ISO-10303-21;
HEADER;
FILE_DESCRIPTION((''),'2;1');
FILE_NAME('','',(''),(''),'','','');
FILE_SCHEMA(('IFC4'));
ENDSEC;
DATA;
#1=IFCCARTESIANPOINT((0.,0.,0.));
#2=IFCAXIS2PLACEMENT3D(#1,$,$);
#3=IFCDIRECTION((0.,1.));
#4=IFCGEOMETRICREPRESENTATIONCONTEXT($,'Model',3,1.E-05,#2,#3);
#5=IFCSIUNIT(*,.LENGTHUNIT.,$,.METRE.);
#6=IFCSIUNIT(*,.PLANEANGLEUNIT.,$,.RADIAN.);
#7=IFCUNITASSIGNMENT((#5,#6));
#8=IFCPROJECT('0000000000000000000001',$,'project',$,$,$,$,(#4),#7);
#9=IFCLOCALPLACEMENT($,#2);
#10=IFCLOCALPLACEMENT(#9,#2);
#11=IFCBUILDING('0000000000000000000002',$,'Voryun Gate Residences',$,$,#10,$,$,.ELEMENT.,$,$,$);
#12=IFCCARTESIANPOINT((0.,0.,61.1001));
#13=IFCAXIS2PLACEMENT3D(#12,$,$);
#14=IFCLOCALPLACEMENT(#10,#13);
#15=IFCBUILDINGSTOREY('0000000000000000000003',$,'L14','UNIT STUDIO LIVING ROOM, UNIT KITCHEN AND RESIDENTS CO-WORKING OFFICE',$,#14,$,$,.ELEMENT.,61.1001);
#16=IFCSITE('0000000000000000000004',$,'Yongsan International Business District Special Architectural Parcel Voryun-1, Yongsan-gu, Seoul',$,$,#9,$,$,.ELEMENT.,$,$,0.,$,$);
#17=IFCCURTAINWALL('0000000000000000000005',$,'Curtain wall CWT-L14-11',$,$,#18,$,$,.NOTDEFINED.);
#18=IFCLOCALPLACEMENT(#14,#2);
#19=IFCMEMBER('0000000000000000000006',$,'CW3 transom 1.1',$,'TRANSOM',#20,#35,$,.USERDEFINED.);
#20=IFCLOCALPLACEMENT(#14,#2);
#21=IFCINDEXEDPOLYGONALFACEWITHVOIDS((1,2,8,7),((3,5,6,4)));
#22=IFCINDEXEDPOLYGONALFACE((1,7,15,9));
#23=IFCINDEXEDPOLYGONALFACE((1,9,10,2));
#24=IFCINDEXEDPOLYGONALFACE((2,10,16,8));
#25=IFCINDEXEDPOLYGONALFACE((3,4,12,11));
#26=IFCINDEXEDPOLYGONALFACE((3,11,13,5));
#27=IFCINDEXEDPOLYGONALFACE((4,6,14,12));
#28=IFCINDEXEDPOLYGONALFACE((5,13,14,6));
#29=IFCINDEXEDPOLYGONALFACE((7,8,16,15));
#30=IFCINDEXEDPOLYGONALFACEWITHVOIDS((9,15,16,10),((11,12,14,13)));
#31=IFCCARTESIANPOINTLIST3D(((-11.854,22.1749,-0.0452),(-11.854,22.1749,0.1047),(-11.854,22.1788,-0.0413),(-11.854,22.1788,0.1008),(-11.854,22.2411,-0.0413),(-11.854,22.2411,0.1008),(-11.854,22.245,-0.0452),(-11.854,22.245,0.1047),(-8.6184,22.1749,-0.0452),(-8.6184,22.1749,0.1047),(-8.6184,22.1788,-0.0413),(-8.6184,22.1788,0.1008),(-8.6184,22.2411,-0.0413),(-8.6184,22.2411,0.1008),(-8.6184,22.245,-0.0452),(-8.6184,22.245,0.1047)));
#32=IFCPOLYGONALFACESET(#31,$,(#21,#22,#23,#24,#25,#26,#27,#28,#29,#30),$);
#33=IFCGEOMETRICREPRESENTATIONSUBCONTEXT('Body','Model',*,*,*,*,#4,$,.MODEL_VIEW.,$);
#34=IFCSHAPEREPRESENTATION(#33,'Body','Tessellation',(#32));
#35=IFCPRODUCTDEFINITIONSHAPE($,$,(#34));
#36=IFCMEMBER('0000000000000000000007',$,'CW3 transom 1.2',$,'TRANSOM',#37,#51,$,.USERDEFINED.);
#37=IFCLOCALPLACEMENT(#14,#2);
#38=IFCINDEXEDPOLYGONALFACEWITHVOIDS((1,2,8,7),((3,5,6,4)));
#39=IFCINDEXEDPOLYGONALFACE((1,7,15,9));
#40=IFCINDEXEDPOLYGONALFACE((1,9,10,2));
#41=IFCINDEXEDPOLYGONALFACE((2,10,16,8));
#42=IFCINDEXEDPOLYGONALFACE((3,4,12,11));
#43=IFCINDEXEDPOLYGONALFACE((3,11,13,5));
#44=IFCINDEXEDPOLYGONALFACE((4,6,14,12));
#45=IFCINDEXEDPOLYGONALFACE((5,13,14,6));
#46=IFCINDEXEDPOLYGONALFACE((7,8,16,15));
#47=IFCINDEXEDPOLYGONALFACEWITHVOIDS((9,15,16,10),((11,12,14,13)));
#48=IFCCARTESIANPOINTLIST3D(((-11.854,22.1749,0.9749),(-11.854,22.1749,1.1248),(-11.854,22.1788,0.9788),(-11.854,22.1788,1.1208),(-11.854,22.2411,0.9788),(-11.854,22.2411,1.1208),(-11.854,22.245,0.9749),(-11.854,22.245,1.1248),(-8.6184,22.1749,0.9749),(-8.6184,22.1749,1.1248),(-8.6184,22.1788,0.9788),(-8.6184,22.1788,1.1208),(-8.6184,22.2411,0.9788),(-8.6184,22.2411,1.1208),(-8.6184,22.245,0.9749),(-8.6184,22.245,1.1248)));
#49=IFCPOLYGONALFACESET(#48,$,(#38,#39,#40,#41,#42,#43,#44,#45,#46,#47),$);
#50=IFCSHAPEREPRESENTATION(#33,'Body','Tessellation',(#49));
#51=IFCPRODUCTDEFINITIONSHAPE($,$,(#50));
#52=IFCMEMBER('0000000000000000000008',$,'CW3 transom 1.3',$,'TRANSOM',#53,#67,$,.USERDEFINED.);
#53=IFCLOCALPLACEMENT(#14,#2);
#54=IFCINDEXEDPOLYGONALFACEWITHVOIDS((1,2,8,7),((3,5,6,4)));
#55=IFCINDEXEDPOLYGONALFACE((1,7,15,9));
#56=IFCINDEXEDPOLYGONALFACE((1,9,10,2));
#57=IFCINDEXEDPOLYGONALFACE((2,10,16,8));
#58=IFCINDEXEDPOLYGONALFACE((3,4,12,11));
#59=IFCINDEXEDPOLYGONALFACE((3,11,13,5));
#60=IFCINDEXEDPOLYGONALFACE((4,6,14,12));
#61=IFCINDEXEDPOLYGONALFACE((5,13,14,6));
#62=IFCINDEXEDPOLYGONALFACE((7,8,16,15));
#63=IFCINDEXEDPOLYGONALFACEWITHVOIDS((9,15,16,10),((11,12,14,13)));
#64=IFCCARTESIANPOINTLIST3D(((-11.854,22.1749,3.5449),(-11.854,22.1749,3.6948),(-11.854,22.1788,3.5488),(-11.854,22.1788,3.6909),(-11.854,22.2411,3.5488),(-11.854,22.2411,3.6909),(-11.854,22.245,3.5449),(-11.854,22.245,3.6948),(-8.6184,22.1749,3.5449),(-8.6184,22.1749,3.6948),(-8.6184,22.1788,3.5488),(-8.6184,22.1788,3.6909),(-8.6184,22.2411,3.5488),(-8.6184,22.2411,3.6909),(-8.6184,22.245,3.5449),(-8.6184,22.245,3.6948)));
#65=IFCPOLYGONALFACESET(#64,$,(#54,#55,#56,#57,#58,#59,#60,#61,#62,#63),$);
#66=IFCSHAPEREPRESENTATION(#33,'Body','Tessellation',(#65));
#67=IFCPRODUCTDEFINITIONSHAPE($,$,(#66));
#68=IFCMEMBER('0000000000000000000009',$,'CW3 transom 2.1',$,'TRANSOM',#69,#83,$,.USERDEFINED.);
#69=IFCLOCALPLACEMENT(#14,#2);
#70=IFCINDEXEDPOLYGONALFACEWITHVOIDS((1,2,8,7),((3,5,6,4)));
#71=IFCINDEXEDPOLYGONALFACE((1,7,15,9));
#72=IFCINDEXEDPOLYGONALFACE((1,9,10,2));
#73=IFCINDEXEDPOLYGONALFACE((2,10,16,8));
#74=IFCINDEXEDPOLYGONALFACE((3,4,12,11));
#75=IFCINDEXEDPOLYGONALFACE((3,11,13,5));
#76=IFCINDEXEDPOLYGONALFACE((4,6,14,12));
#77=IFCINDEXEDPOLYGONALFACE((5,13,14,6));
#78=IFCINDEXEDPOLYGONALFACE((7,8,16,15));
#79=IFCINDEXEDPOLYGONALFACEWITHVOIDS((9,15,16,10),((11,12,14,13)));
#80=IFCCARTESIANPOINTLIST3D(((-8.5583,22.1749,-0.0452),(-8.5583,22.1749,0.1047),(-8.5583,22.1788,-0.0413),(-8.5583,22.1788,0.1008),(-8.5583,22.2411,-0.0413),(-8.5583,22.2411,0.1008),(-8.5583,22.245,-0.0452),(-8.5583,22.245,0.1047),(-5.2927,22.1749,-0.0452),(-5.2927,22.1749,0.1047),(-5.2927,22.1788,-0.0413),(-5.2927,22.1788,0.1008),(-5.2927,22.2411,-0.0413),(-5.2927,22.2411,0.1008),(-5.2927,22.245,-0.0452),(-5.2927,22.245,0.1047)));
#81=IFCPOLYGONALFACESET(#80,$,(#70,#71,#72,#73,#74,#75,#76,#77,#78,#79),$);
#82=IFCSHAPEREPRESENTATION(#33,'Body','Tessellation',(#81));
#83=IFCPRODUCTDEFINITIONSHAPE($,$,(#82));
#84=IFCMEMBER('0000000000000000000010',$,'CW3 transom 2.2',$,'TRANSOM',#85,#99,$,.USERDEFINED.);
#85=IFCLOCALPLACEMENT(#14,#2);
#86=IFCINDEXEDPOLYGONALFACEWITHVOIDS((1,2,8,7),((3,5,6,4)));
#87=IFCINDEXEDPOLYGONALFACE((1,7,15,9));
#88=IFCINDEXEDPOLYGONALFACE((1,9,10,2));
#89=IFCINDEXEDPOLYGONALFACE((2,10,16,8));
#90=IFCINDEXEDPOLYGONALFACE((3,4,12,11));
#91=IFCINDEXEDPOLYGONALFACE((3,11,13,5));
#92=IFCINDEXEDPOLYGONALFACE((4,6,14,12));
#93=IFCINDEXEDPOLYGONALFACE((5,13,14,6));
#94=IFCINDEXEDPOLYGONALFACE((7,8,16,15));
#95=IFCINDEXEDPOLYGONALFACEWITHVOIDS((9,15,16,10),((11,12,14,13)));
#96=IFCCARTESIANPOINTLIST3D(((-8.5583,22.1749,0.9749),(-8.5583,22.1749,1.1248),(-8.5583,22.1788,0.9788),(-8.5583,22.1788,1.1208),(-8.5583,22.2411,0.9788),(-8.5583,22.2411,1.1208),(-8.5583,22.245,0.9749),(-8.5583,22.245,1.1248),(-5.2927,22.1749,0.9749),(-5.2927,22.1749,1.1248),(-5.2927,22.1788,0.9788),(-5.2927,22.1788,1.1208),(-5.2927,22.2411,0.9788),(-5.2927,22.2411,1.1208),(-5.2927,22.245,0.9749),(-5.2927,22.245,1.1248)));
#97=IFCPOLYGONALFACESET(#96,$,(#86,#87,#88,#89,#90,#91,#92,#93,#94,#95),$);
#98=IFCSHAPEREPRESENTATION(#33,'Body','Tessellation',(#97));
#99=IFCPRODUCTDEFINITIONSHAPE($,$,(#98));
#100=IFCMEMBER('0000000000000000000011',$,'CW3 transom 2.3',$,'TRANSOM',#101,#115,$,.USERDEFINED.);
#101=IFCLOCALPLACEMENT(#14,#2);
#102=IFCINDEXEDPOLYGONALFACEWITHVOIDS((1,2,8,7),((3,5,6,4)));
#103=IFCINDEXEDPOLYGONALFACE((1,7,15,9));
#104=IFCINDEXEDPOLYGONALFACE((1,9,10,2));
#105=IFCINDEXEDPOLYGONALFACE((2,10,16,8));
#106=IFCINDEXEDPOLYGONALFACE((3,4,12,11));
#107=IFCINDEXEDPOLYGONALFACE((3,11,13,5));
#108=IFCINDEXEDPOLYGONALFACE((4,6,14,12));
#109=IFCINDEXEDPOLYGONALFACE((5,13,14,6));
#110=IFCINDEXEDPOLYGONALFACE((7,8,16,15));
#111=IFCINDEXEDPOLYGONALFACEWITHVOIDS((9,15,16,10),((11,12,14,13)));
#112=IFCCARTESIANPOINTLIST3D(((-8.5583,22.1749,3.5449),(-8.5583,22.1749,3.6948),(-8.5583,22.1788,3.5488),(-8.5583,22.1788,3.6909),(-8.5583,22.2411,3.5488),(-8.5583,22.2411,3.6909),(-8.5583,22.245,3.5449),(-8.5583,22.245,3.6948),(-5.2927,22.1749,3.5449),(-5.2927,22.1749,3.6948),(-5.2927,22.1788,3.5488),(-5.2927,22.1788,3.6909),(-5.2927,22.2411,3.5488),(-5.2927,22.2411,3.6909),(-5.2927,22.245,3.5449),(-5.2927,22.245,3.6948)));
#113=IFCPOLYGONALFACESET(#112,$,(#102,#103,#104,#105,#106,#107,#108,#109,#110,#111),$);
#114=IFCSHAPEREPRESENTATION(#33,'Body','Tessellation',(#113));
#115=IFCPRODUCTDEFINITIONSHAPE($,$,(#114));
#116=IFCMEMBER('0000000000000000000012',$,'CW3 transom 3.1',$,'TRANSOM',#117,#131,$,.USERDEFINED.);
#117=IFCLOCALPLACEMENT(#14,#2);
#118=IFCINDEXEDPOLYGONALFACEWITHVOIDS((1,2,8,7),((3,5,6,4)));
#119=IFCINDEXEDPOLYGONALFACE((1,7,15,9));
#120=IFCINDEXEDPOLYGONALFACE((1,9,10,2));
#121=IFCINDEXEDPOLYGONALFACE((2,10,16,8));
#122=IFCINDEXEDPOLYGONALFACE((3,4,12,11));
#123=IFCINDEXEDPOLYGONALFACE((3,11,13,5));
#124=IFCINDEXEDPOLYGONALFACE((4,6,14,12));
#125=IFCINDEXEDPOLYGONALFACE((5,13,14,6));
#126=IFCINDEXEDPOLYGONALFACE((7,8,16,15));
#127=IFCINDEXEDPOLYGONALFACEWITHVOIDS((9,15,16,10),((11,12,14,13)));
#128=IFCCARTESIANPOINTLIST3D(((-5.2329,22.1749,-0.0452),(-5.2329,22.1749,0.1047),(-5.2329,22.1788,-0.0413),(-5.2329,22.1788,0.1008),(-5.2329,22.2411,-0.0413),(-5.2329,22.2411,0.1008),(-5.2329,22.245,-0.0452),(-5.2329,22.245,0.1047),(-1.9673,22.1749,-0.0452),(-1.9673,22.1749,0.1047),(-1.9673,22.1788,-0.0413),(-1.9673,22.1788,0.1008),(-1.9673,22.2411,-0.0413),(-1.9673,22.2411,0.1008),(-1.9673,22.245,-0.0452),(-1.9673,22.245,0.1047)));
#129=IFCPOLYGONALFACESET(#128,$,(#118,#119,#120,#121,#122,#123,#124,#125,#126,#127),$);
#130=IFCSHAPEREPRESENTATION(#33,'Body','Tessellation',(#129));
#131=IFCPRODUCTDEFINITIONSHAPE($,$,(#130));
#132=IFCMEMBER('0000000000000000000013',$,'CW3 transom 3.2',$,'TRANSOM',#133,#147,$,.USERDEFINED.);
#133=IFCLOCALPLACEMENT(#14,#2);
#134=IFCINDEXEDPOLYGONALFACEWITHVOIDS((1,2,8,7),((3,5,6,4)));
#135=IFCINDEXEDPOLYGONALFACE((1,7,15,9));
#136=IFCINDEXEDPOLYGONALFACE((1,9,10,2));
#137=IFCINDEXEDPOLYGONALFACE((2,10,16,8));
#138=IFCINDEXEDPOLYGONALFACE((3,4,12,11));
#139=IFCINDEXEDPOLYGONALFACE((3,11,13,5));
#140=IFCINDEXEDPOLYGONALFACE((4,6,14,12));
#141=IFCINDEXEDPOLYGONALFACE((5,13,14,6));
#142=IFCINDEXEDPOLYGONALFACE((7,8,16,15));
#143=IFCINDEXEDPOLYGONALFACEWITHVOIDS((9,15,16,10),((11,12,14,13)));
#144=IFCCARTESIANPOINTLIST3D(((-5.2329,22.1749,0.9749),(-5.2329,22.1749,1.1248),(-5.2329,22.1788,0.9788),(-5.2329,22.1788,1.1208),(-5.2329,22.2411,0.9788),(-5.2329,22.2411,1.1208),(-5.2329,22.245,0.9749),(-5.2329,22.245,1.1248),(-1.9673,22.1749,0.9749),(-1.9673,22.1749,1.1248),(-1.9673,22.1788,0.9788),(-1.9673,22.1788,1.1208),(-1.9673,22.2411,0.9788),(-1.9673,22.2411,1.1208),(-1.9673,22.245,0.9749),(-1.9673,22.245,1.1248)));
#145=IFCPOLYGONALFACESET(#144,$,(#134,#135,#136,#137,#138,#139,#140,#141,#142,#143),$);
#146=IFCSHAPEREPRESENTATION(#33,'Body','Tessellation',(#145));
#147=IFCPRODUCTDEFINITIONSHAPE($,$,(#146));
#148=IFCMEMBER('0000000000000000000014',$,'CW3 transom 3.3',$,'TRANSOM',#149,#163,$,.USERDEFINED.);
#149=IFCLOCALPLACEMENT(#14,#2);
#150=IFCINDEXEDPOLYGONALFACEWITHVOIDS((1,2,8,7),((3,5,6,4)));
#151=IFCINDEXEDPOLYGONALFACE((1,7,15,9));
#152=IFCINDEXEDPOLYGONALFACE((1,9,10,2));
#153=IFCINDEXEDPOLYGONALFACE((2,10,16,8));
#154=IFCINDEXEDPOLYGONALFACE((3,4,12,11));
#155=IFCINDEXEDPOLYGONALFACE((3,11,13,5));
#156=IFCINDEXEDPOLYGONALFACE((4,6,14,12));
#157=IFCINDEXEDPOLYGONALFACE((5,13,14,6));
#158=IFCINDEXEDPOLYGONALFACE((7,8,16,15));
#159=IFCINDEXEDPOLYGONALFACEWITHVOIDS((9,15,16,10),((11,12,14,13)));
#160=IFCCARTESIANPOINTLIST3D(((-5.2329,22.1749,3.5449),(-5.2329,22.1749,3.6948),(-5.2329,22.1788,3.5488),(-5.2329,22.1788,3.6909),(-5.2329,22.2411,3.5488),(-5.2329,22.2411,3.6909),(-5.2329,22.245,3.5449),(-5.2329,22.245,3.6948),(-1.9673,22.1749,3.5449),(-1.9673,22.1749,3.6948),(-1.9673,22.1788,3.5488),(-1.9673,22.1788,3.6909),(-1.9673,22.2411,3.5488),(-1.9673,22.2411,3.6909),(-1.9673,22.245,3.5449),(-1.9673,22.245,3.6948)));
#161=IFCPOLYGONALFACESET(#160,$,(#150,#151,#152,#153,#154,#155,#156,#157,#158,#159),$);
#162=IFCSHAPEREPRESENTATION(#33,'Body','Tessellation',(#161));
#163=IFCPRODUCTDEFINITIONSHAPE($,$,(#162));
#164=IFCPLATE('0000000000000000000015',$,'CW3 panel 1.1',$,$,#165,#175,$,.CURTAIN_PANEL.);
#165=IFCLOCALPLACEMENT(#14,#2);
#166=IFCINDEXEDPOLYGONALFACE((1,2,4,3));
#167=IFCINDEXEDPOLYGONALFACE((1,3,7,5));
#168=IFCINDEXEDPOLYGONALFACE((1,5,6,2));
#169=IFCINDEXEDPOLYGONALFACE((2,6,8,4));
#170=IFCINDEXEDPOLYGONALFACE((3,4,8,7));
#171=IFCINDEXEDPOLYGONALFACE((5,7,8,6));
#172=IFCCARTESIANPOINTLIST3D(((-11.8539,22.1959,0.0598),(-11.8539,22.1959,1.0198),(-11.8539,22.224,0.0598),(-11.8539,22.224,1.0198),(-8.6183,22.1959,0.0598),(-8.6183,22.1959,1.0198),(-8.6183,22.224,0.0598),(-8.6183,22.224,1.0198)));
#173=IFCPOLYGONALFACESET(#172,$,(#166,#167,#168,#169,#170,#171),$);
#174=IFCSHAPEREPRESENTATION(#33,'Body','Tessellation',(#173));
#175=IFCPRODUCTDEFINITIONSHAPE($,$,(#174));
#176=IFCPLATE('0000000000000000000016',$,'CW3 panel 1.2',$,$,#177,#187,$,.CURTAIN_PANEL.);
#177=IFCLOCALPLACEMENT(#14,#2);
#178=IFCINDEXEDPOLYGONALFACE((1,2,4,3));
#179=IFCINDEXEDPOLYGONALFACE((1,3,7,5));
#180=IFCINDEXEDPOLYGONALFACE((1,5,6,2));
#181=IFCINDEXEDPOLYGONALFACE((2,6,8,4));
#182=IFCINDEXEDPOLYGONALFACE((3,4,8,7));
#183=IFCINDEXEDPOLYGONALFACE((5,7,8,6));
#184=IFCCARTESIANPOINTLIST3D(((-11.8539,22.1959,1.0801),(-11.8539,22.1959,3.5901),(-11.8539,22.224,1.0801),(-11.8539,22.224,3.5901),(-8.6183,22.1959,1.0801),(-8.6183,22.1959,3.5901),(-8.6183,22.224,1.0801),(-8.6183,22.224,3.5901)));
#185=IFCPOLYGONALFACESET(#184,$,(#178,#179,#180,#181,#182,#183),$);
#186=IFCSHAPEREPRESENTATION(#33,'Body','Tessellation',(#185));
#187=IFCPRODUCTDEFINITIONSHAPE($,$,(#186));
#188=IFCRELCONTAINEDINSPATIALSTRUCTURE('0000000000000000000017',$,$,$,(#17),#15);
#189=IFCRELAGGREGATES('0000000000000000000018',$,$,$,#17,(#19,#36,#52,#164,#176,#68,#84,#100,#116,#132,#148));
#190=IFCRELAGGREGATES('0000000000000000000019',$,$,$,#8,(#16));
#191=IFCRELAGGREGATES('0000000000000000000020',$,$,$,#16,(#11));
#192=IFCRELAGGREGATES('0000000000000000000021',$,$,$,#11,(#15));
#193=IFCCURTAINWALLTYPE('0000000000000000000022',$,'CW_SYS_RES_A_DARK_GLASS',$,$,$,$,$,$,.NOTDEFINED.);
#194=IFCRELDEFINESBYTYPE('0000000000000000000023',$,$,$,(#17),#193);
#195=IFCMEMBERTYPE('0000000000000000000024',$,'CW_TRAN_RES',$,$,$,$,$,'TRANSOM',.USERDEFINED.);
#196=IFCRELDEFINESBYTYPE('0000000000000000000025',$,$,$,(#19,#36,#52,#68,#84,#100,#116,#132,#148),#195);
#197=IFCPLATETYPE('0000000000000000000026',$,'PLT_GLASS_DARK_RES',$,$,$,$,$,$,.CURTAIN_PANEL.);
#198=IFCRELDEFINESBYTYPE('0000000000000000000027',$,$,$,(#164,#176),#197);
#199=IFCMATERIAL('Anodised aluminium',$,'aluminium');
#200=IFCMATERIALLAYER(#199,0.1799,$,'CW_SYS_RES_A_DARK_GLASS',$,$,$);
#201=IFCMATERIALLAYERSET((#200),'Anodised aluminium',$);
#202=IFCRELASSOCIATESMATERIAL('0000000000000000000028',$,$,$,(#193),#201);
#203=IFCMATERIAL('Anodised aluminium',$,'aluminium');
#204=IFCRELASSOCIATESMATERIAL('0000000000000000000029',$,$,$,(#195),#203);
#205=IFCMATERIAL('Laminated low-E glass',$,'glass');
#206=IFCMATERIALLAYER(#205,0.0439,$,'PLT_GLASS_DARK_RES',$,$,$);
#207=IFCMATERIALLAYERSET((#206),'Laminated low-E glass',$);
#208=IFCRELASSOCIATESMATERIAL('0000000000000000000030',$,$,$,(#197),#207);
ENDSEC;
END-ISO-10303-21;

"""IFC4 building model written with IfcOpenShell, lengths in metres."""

from ifc_helpers import new_model, si_unit, direction, frame, origin, origin_2d, place, context, subcontext, project, spatial, rectangle, hollow_rectangle, extrude, material, layer, layer_set, material_profile, profile_set, type_object, element, aggregate, save


model = new_model("IFC4")

# Units and contexts
model_context = context("Model", 3, precision=1e-05, world=origin(), true_north=direction((0.0, 1.0)))
body_context = subcontext(model_context, "Body", "Model", "MODEL_VIEW")
ifc_project = project(units=[si_unit("LENGTHUNIT", "METRE"), si_unit("PLANEANGLEUNIT", "RADIAN")], contexts=[model_context])

# Site, building, storey
site_placement = place(None, origin())
site = spatial("IfcSite", under=ifc_project, at=site_placement, Name="Yongsan International Business District Special Architectural Parcel Voryun-1, Yongsan-gu, Seoul", CompositionType="ELEMENT", RefElevation=0.0)
building_placement = place(site_placement, origin())
building = spatial("IfcBuilding", under=site, at=building_placement, Name="Voryun Gate Residences", CompositionType="ELEMENT")
storey_placement = place(building_placement, frame((0.0, 0.0, 61.1001)))
storey = spatial("IfcBuildingStorey", under=building, at=storey_placement, Name="L14", Description="UNIT STUDIO LIVING ROOM, UNIT KITCHEN AND RESIDENTS CO-WORKING OFFICE", CompositionType="ELEMENT", Elevation=61.1001)

# Curtain wall, members, plates
ifc_material_1 = material(Name="Anodised aluminium", Category="aluminium")
ifc_layer_1 = layer(ifc_material_1, 0.1799, Name="CW_SYS_RES_A_DARK_GLASS")
ifc_layer_set_1 = layer_set([ifc_layer_1], Name="Anodised aluminium")
curtain_wall_type = type_object("IfcCurtainWallType", Name="CW_SYS_RES_A_DARK_GLASS", PredefinedType="NOTDEFINED", material=ifc_layer_set_1)
curtain_wall_placement = place(storey_placement, origin())
curtain_wall = element("IfcCurtainWall", 1, at=curtain_wall_placement, inside=storey, type_object=curtain_wall_type, Name="Curtain wall CWT-L14-11", PredefinedType="NOTDEFINED")
ifc_material_2 = material(Name="Anodised aluminium", Category="aluminium")
ifc_material_profile_1 = material_profile(ifc_material_2, hollow_rectangle(XDim=0.0701, YDim=0.1499, WallThickness=0.0039, at=origin_2d()), Name="ALU-TRAN-150x70x4")
ifc_profile_set_1 = profile_set([ifc_material_profile_1], Name="Anodised aluminium")
member_type_1 = type_object("IfcMemberType", Name="CW_TRAN_RES", ElementType="TRANSOM", PredefinedType="USERDEFINED", material=ifc_profile_set_1)
member_1_placement = place(storey_placement, frame((-11.854, 22.21, 0.0298), z_axis=(1.0, 0.0, 0.0), x_axis=(0.0, 1.0, 0.0)))
member_1 = element("IfcMember", 2, at=member_1_placement, type_object=member_type_1, Name="CW3 transom 1.1", ObjectType="TRANSOM", PredefinedType="USERDEFINED", context=body_context, shape_type="SweptSolid", body=[
    extrude(hollow_rectangle(XDim=0.0701, YDim=0.1499, WallThickness=0.0039, at=origin_2d()), origin(), (0.0, 0.0, 1.0), 3.2356),
])
member_2_placement = place(storey_placement, frame((-11.854, 22.21, 1.0498), z_axis=(1.0, 0.0, 0.0), x_axis=(0.0, 1.0, 0.0)))
member_2 = element("IfcMember", 3, at=member_2_placement, type_object=member_type_1, Name="CW3 transom 1.2", ObjectType="TRANSOM", PredefinedType="USERDEFINED", context=body_context, shape_type="SweptSolid", body=[
    extrude(hollow_rectangle(XDim=0.0701, YDim=0.1499, WallThickness=0.0039, at=origin_2d()), origin(), (0.0, 0.0, 1.0), 3.2356),
])
member_3_placement = place(storey_placement, frame((-11.854, 22.21, 3.6199), z_axis=(1.0, 0.0, 0.0), x_axis=(0.0, 1.0, 0.0)))
member_3 = element("IfcMember", 4, at=member_3_placement, type_object=member_type_1, Name="CW3 transom 1.3", ObjectType="TRANSOM", PredefinedType="USERDEFINED", context=body_context, shape_type="SweptSolid", body=[
    extrude(hollow_rectangle(XDim=0.0701, YDim=0.1499, WallThickness=0.0039, at=origin_2d()), origin(), (0.0, 0.0, 1.0), 3.2356),
])
member_4_placement = place(storey_placement, frame((-8.5583, 22.21, 0.0298), z_axis=(1.0, 0.0, 0.0), x_axis=(0.0, 1.0, 0.0)))
member_4 = element("IfcMember", 5, at=member_4_placement, type_object=member_type_1, Name="CW3 transom 2.1", ObjectType="TRANSOM", PredefinedType="USERDEFINED", context=body_context, shape_type="SweptSolid", body=[
    extrude(hollow_rectangle(XDim=0.0701, YDim=0.1499, WallThickness=0.0039, at=origin_2d()), origin(), (0.0, 0.0, 1.0), 3.2656),
])
member_5_placement = place(storey_placement, frame((-8.5583, 22.21, 1.0498), z_axis=(1.0, 0.0, 0.0), x_axis=(0.0, 1.0, 0.0)))
member_5 = element("IfcMember", 6, at=member_5_placement, type_object=member_type_1, Name="CW3 transom 2.2", ObjectType="TRANSOM", PredefinedType="USERDEFINED", context=body_context, shape_type="SweptSolid", body=[
    extrude(hollow_rectangle(XDim=0.0701, YDim=0.1499, WallThickness=0.0039, at=origin_2d()), origin(), (0.0, 0.0, 1.0), 3.2656),
])
member_6_placement = place(storey_placement, frame((-8.5583, 22.21, 3.6199), z_axis=(1.0, 0.0, 0.0), x_axis=(0.0, 1.0, 0.0)))
member_6 = element("IfcMember", 7, at=member_6_placement, type_object=member_type_1, Name="CW3 transom 2.3", ObjectType="TRANSOM", PredefinedType="USERDEFINED", context=body_context, shape_type="SweptSolid", body=[
    extrude(hollow_rectangle(XDim=0.0701, YDim=0.1499, WallThickness=0.0039, at=origin_2d()), origin(), (0.0, 0.0, 1.0), 3.2656),
])
member_7_placement = place(storey_placement, frame((-5.2329, 22.21, 0.0298), z_axis=(1.0, 0.0, 0.0), x_axis=(0.0, 1.0, 0.0)))
member_7 = element("IfcMember", 8, at=member_7_placement, type_object=member_type_1, Name="CW3 transom 3.1", ObjectType="TRANSOM", PredefinedType="USERDEFINED", context=body_context, shape_type="SweptSolid", body=[
    extrude(hollow_rectangle(XDim=0.0701, YDim=0.1499, WallThickness=0.0039, at=origin_2d()), origin(), (0.0, 0.0, 1.0), 3.2656),
])
member_8_placement = place(storey_placement, frame((-5.2329, 22.21, 1.0498), z_axis=(1.0, 0.0, 0.0), x_axis=(0.0, 1.0, 0.0)))
member_8 = element("IfcMember", 9, at=member_8_placement, type_object=member_type_1, Name="CW3 transom 3.2", ObjectType="TRANSOM", PredefinedType="USERDEFINED", context=body_context, shape_type="SweptSolid", body=[
    extrude(hollow_rectangle(XDim=0.0701, YDim=0.1499, WallThickness=0.0039, at=origin_2d()), origin(), (0.0, 0.0, 1.0), 3.2656),
])
member_9_placement = place(storey_placement, frame((-5.2329, 22.21, 3.6199), z_axis=(1.0, 0.0, 0.0), x_axis=(0.0, 1.0, 0.0)))
member_9 = element("IfcMember", 10, at=member_9_placement, type_object=member_type_1, Name="CW3 transom 3.3", ObjectType="TRANSOM", PredefinedType="USERDEFINED", context=body_context, shape_type="SweptSolid", body=[
    extrude(hollow_rectangle(XDim=0.0701, YDim=0.1499, WallThickness=0.0039, at=origin_2d()), origin(), (0.0, 0.0, 1.0), 3.2656),
])
ifc_material_3 = material(Name="Laminated low-E glass", Category="glass")
ifc_layer_2 = layer(ifc_material_3, 0.0439, Name="PLT_GLASS_DARK_RES")
ifc_layer_set_2 = layer_set([ifc_layer_2], Name="Laminated low-E glass")
plate_type = type_object("IfcPlateType", Name="PLT_GLASS_DARK_RES", PredefinedType="CURTAIN_PANEL", material=ifc_layer_set_2)
plate_1_placement = place(storey_placement, frame((-10.2361, 22.21, 0.0598), z_axis=(0.0, 0.0, 1.0), x_axis=(1.0, 0.0, 0.0)))
plate_1 = element("IfcPlate", 11, at=plate_1_placement, type_object=plate_type, Name="CW3 panel 1.1", PredefinedType="CURTAIN_PANEL", context=body_context, shape_type="SweptSolid", body=[
    extrude(rectangle(XDim=3.2356, YDim=0.0281, at=origin_2d()), origin(), (0.0, 0.0, 1.0), 0.96),
])
plate_2_placement = place(storey_placement, frame((-10.2361, 22.21, 1.0801), z_axis=(0.0, 0.0, 1.0), x_axis=(1.0, 0.0, 0.0)))
plate_2 = element("IfcPlate", 12, at=plate_2_placement, type_object=plate_type, Name="CW3 panel 1.2", PredefinedType="CURTAIN_PANEL", context=body_context, shape_type="SweptSolid", body=[
    extrude(rectangle(XDim=3.2356, YDim=0.0281, at=origin_2d()), origin(), (0.0, 0.0, 1.0), 2.51),
])
aggregate(curtain_wall, [member_1, member_2, member_3, plate_1, plate_2, member_4, member_5, member_6, member_7, member_8, member_9])

save(model, "model.ifc")
